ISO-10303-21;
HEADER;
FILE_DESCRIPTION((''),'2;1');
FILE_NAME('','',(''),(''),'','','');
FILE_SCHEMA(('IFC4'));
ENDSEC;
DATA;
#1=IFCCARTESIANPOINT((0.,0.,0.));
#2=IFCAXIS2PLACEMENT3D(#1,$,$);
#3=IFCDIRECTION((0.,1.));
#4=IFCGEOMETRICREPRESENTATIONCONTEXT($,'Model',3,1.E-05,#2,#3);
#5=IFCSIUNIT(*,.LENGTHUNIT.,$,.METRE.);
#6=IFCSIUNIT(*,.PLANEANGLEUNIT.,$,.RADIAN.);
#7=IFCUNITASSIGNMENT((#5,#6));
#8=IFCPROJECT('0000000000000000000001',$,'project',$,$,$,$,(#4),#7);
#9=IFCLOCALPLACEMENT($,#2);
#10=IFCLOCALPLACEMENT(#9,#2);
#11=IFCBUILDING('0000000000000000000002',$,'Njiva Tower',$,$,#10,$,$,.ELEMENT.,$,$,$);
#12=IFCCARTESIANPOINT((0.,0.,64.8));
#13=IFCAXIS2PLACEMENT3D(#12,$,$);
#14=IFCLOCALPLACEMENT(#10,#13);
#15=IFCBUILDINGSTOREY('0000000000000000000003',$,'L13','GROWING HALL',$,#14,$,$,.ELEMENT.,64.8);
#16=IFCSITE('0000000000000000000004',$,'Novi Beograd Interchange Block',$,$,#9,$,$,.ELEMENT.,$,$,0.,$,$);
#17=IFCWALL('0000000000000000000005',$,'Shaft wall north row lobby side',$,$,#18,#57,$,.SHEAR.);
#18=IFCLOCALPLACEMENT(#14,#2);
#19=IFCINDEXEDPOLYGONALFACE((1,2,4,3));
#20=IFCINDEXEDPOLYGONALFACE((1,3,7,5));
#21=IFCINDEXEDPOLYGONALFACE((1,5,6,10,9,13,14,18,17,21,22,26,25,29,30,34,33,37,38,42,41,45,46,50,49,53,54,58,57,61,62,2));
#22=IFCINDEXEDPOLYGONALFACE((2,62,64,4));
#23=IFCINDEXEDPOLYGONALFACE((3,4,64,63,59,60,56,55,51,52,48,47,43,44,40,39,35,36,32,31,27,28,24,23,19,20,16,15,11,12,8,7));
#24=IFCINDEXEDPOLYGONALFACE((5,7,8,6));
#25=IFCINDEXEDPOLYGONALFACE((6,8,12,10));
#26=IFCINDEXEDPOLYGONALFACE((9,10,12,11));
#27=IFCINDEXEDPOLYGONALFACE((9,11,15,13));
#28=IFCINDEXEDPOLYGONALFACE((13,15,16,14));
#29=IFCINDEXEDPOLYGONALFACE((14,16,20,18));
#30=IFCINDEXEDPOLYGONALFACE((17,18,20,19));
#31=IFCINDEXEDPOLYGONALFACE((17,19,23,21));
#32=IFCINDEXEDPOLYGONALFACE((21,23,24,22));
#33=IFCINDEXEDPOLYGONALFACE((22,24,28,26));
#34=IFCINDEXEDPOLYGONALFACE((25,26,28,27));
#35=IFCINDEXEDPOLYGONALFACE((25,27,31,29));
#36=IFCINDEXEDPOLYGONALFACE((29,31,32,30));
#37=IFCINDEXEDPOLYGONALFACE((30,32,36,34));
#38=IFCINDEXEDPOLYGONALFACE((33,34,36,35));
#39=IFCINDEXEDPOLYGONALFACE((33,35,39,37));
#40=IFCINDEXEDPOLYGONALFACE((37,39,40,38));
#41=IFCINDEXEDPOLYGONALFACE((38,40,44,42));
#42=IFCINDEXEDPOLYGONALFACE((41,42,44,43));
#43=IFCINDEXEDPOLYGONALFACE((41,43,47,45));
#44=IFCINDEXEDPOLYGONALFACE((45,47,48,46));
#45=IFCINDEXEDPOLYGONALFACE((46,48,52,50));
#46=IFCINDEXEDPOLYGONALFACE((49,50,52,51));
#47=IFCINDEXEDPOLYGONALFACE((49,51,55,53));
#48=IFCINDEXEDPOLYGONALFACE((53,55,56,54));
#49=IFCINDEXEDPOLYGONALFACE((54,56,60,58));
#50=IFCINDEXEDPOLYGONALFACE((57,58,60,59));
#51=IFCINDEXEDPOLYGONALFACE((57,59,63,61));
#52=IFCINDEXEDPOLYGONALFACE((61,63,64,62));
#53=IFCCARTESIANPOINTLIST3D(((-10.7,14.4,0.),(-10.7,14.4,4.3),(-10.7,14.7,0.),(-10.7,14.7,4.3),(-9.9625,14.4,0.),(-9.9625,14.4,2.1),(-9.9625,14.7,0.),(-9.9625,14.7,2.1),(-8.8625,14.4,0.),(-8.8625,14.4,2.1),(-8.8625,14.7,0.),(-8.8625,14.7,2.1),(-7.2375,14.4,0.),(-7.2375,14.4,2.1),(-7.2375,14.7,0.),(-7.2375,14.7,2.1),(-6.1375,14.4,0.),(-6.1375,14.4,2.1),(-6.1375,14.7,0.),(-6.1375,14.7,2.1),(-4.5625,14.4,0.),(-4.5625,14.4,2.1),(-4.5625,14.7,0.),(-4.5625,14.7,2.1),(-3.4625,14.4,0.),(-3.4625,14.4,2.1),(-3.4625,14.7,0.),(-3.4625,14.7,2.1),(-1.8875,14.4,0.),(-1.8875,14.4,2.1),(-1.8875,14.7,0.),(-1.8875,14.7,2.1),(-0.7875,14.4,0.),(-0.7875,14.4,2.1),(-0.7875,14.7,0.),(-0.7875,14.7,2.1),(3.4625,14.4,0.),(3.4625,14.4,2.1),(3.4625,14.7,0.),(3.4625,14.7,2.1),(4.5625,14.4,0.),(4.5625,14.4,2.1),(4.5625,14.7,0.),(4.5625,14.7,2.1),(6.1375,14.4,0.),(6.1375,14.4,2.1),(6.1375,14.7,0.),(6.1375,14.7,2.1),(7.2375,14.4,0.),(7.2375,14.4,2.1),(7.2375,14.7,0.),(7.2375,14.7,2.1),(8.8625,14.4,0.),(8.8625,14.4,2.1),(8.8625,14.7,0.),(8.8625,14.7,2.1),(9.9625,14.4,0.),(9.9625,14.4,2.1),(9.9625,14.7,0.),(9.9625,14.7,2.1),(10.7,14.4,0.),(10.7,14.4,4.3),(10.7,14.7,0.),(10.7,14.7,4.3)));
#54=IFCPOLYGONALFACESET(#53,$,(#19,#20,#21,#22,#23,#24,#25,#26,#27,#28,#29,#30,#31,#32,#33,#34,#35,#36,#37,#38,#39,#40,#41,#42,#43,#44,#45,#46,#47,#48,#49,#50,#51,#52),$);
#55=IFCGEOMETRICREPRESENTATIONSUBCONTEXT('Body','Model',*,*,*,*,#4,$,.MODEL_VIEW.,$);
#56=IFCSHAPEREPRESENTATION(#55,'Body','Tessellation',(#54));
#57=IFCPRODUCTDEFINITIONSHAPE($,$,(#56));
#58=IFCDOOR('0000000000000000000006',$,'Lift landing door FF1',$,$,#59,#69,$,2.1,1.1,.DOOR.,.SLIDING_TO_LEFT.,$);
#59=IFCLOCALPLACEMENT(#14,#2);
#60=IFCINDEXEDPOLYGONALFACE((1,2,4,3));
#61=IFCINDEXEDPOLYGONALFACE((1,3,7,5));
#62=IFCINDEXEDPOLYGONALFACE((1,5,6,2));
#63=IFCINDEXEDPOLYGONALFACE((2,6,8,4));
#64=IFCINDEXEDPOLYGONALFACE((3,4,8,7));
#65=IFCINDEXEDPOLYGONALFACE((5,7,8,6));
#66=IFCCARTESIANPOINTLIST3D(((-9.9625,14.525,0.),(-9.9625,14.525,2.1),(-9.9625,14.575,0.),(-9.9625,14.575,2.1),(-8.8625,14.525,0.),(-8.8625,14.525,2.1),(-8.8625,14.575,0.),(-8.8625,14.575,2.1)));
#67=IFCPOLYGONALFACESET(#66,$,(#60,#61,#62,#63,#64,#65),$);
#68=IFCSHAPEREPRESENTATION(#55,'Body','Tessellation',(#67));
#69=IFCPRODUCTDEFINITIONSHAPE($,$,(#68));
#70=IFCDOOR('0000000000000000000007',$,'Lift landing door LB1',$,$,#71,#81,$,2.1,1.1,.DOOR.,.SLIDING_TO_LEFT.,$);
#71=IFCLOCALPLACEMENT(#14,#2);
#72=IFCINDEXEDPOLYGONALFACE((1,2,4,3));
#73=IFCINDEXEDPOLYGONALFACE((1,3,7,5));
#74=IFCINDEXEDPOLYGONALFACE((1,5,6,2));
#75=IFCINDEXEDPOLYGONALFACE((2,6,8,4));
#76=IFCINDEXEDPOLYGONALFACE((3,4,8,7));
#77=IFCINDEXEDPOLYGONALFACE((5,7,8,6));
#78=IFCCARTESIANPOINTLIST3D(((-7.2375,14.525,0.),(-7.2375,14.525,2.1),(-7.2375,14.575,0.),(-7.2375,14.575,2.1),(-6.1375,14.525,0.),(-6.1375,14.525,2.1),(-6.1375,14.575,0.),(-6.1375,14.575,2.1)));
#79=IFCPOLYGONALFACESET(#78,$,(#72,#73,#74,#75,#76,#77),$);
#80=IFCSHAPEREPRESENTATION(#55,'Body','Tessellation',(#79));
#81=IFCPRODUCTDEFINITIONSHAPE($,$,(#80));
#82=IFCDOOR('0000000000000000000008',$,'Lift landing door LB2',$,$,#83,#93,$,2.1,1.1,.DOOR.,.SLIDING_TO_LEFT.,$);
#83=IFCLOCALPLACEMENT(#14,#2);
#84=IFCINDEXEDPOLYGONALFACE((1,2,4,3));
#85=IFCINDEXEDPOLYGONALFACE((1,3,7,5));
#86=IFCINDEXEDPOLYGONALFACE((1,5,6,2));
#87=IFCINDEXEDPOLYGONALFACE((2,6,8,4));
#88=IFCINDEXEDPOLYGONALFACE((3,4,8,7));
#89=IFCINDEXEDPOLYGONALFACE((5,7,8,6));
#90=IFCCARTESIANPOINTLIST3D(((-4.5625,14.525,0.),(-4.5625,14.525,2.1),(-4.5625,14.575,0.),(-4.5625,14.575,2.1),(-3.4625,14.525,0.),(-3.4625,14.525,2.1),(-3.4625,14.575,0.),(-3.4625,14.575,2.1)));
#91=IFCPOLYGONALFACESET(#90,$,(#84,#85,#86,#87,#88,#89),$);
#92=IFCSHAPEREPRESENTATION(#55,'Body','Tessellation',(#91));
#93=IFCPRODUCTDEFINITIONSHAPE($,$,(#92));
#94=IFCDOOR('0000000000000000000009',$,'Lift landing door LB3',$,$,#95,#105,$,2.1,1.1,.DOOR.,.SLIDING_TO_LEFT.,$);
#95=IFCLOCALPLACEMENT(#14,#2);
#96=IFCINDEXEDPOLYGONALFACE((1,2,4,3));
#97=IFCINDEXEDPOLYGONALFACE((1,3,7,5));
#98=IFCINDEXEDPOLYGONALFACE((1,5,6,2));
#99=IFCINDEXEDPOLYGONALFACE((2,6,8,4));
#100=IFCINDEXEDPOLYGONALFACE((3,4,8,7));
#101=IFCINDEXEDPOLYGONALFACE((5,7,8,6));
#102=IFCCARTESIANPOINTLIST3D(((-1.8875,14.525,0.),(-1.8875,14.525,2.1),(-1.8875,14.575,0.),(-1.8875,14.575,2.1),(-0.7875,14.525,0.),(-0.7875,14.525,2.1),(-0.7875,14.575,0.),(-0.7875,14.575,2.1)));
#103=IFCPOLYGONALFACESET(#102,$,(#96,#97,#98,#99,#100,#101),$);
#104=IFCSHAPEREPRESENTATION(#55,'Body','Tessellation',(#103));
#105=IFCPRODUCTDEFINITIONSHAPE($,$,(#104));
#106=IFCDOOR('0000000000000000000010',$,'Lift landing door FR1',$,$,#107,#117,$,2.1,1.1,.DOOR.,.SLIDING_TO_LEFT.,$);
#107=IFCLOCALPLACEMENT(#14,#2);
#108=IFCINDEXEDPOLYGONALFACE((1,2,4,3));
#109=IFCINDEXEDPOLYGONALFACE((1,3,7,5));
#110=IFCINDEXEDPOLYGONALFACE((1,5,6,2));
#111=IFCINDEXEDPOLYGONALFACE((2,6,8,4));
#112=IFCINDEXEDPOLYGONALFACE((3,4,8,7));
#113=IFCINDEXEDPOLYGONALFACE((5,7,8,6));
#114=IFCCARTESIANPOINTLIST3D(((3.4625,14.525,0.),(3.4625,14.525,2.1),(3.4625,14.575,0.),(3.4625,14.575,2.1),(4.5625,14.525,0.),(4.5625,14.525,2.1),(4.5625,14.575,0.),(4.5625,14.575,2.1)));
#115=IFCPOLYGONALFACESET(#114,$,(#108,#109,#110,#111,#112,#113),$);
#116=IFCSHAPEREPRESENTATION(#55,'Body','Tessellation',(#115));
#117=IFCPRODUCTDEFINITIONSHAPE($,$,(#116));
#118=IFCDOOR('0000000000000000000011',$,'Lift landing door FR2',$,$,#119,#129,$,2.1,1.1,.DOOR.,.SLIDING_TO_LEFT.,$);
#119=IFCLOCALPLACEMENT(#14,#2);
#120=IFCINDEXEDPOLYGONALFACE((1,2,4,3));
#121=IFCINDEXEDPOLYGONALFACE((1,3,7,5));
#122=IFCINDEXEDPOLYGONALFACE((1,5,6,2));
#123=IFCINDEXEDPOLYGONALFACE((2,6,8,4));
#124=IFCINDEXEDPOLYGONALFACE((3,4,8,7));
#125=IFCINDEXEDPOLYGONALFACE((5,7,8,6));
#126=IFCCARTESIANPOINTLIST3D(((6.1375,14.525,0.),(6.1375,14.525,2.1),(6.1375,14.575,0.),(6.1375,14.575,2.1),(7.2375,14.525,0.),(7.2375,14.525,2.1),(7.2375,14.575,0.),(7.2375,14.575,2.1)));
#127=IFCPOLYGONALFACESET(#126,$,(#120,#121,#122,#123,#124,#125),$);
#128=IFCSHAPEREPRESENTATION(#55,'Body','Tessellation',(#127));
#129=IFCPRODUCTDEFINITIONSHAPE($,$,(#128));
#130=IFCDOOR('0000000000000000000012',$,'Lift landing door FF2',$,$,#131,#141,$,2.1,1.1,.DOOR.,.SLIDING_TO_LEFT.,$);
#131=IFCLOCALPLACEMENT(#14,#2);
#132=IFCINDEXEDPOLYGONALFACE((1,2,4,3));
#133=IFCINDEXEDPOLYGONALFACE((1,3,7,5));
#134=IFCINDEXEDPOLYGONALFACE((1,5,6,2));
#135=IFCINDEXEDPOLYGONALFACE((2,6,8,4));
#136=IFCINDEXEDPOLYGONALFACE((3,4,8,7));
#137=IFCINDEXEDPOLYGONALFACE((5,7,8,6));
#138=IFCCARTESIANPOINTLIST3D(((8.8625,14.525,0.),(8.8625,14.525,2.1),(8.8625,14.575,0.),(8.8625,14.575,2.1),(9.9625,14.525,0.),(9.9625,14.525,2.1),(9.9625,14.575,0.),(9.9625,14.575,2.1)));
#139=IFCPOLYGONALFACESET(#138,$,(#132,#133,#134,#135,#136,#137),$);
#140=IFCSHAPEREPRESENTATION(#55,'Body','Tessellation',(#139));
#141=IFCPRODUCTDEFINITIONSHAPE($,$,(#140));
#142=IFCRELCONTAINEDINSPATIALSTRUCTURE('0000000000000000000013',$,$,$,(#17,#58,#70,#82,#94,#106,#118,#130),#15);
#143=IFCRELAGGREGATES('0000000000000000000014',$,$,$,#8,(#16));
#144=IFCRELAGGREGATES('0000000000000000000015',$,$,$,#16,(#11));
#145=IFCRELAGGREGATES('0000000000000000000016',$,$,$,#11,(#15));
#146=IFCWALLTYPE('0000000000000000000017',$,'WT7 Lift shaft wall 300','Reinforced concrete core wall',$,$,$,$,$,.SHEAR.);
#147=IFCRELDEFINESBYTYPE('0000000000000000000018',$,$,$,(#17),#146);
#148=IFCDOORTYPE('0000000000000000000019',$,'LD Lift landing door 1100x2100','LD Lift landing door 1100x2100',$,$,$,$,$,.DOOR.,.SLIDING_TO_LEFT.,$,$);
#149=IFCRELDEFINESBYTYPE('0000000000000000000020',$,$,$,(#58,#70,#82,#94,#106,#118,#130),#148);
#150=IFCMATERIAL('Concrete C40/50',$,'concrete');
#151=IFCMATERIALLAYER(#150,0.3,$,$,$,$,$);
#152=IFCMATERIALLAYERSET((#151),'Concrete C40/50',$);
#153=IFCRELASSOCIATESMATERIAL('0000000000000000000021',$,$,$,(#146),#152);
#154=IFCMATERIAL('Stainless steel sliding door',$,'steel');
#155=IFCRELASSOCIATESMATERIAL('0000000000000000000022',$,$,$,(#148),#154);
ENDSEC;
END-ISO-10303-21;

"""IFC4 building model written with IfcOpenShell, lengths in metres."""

from ifc_helpers import new_model, si_unit, direction, frame, frame_2d, origin, place, context, subcontext, project, spatial, rectangle, extrude, material, layer, layer_set, type_object, element, fill, save


model = new_model("IFC4")

# Units and contexts
model_context = context("Model", 3, precision=1e-05, world=origin(), true_north=direction((0.0, 1.0)))
body_context = subcontext(model_context, "Body", "Model", "MODEL_VIEW")
ifc_project = project(units=[si_unit("LENGTHUNIT", "METRE"), si_unit("PLANEANGLEUNIT", "RADIAN")], contexts=[model_context])

# Site, building, storey
site_placement = place(None, origin())
site = spatial("IfcSite", under=ifc_project, at=site_placement, Name="Novi Beograd Interchange Block", CompositionType="ELEMENT", RefElevation=0.0)
building_placement = place(site_placement, origin())
building = spatial("IfcBuilding", under=site, at=building_placement, Name="Njiva Tower", CompositionType="ELEMENT")
storey_placement = place(building_placement, frame((0.0, 0.0, 64.8)))
storey = spatial("IfcBuildingStorey", under=building, at=storey_placement, Name="L13", Description="GROWING HALL", CompositionType="ELEMENT", Elevation=64.8)

# Shared definitions
ifc_material_1 = material(Name="Concrete C40/50", Category="concrete")

# Wall, openings, doors
ifc_layer_1 = layer(ifc_material_1, 0.3)
ifc_layer_set_1 = layer_set([ifc_layer_1], Name="Concrete C40/50")
wall_type_1 = type_object("IfcWallType", Name="WT7 Lift shaft wall 300", Description="Reinforced concrete core wall", PredefinedType="SHEAR", material=ifc_layer_set_1)
wall_1_placement = place(storey_placement, frame((-10.7, 14.55, 0.0), z_axis=(0.0, 0.0, 1.0), x_axis=(1.0, 0.0, 0.0)))
wall_1 = element("IfcWall", 1, at=wall_1_placement, inside=storey, type_object=wall_type_1, Name="Shaft wall north row lobby side", PredefinedType="SHEAR", context=body_context, shape_type="SweptSolid", body=[
    extrude(rectangle(XDim=21.4, YDim=0.3, at=frame_2d((10.7, 0.0))), origin(), (0.0, 0.0, 1.0), 4.3),
])
opening_1_placement = place(wall_1_placement, frame((0.7375, 0.0, 0.0)))
opening_1 = element("IfcOpeningElement", 2, at=opening_1_placement, cuts=wall_1, PredefinedType="OPENING", context=body_context, shape_type="SweptSolid", body=[
    extrude(rectangle(XDim=1.1, YDim=2.1, at=frame_2d((0.55, 1.05))), frame((0.0, 0.16, 0.0), z_axis=(0.0, -1.0, 0.0), x_axis=(1.0, 0.0, 0.0)), (0.0, 0.0, 1.0), 0.32),
])
opening_2_placement = place(wall_1_placement, frame((3.4625, 0.0, 0.0)))
opening_2 = element("IfcOpeningElement", 3, at=opening_2_placement, cuts=wall_1, PredefinedType="OPENING", context=body_context, shape_type="SweptSolid", body=[
    extrude(rectangle(XDim=1.1, YDim=2.1, at=frame_2d((0.55, 1.05))), frame((0.0, 0.16, 0.0), z_axis=(0.0, -1.0, 0.0), x_axis=(1.0, 0.0, 0.0)), (0.0, 0.0, 1.0), 0.32),
])
opening_3_placement = place(wall_1_placement, frame((6.1375, 0.0, 0.0)))
opening_3 = element("IfcOpeningElement", 4, at=opening_3_placement, cuts=wall_1, PredefinedType="OPENING", context=body_context, shape_type="SweptSolid", body=[
    extrude(rectangle(XDim=1.1, YDim=2.1, at=frame_2d((0.55, 1.05))), frame((0.0, 0.16, 0.0), z_axis=(0.0, -1.0, 0.0), x_axis=(1.0, 0.0, 0.0)), (0.0, 0.0, 1.0), 0.32),
])
opening_4_placement = place(wall_1_placement, frame((8.8125, 0.0, 0.0)))
opening_4 = element("IfcOpeningElement", 5, at=opening_4_placement, cuts=wall_1, PredefinedType="OPENING", context=body_context, shape_type="SweptSolid", body=[
    extrude(rectangle(XDim=1.1, YDim=2.1, at=frame_2d((0.55, 1.05))), frame((0.0, 0.16, 0.0), z_axis=(0.0, -1.0, 0.0), x_axis=(1.0, 0.0, 0.0)), (0.0, 0.0, 1.0), 0.32),
])
opening_5_placement = place(wall_1_placement, frame((14.1625, 0.0, 0.0)))
opening_5 = element("IfcOpeningElement", 6, at=opening_5_placement, cuts=wall_1, PredefinedType="OPENING", context=body_context, shape_type="SweptSolid", body=[
    extrude(rectangle(XDim=1.1, YDim=2.1, at=frame_2d((0.55, 1.05))), frame((0.0, 0.16, 0.0), z_axis=(0.0, -1.0, 0.0), x_axis=(1.0, 0.0, 0.0)), (0.0, 0.0, 1.0), 0.32),
])
opening_6_placement = place(wall_1_placement, frame((16.8375, 0.0, 0.0)))
opening_6 = element("IfcOpeningElement", 7, at=opening_6_placement, cuts=wall_1, PredefinedType="OPENING", context=body_context, shape_type="SweptSolid", body=[
    extrude(rectangle(XDim=1.1, YDim=2.1, at=frame_2d((0.55, 1.05))), frame((0.0, 0.16, 0.0), z_axis=(0.0, -1.0, 0.0), x_axis=(1.0, 0.0, 0.0)), (0.0, 0.0, 1.0), 0.32),
])
opening_7_placement = place(wall_1_placement, frame((19.5625, 0.0, 0.0)))
opening_7 = element("IfcOpeningElement", 8, at=opening_7_placement, cuts=wall_1, PredefinedType="OPENING", context=body_context, shape_type="SweptSolid", body=[
    extrude(rectangle(XDim=1.1, YDim=2.1, at=frame_2d((0.55, 1.05))), frame((0.0, 0.16, 0.0), z_axis=(0.0, -1.0, 0.0), x_axis=(1.0, 0.0, 0.0)), (0.0, 0.0, 1.0), 0.32),
])
ifc_material_2 = material(Name="Stainless steel sliding door", Category="steel")
door_type_1 = type_object("IfcDoorType", Name="LD Lift landing door 1100x2100", Description="LD Lift landing door 1100x2100", OperationType="SLIDING_TO_LEFT", PredefinedType="DOOR", material=ifc_material_2)
door_1_placement = place(opening_1_placement, origin())
door_1 = element("IfcDoor", 9, at=door_1_placement, inside=storey, type_object=door_type_1, Name="Lift landing door FF1", OperationType="SLIDING_TO_LEFT", OverallHeight=2.1, OverallWidth=1.1, PredefinedType="DOOR", context=body_context, shape_type="SweptSolid", body=[
    extrude(rectangle(XDim=1.1, YDim=2.1, at=frame_2d((0.55, 1.05))), frame((0.0, 0.025, 0.0), z_axis=(0.0, -1.0, 0.0), x_axis=(1.0, 0.0, 0.0)), (0.0, 0.0, 1.0), 0.05),
])
fill(opening_1, door_1)
door_2_placement = place(opening_2_placement, origin())
door_2 = element("IfcDoor", 10, at=door_2_placement, inside=storey, type_object=door_type_1, Name="Lift landing door LB1", OperationType="SLIDING_TO_LEFT", OverallHeight=2.1, OverallWidth=1.1, PredefinedType="DOOR", context=body_context, shape_type="SweptSolid", body=[
    extrude(rectangle(XDim=1.1, YDim=2.1, at=frame_2d((0.55, 1.05))), frame((0.0, 0.025, 0.0), z_axis=(0.0, -1.0, 0.0), x_axis=(1.0, 0.0, 0.0)), (0.0, 0.0, 1.0), 0.05),
])
fill(opening_2, door_2)
door_3_placement = place(opening_3_placement, origin())
door_3 = element("IfcDoor", 11, at=door_3_placement, inside=storey, type_object=door_type_1, Name="Lift landing door LB2", OperationType="SLIDING_TO_LEFT", OverallHeight=2.1, OverallWidth=1.1, PredefinedType="DOOR", context=body_context, shape_type="SweptSolid", body=[
    extrude(rectangle(XDim=1.1, YDim=2.1, at=frame_2d((0.55, 1.05))), frame((0.0, 0.025, 0.0), z_axis=(0.0, -1.0, 0.0), x_axis=(1.0, 0.0, 0.0)), (0.0, 0.0, 1.0), 0.05),
])
fill(opening_3, door_3)
door_4_placement = place(opening_4_placement, origin())
door_4 = element("IfcDoor", 12, at=door_4_placement, inside=storey, type_object=door_type_1, Name="Lift landing door LB3", OperationType="SLIDING_TO_LEFT", OverallHeight=2.1, OverallWidth=1.1, PredefinedType="DOOR", context=body_context, shape_type="SweptSolid", body=[
    extrude(rectangle(XDim=1.1, YDim=2.1, at=frame_2d((0.55, 1.05))), frame((0.0, 0.025, 0.0), z_axis=(0.0, -1.0, 0.0), x_axis=(1.0, 0.0, 0.0)), (0.0, 0.0, 1.0), 0.05),
])
fill(opening_4, door_4)
door_5_placement = place(opening_5_placement, origin())
door_5 = element("IfcDoor", 13, at=door_5_placement, inside=storey, type_object=door_type_1, Name="Lift landing door FR1", OperationType="SLIDING_TO_LEFT", OverallHeight=2.1, OverallWidth=1.1, PredefinedType="DOOR", context=body_context, shape_type="SweptSolid", body=[
    extrude(rectangle(XDim=1.1, YDim=2.1, at=frame_2d((0.55, 1.05))), frame((0.0, 0.025, 0.0), z_axis=(0.0, -1.0, 0.0), x_axis=(1.0, 0.0, 0.0)), (0.0, 0.0, 1.0), 0.05),
])
fill(opening_5, door_5)
door_6_placement = place(opening_6_placement, origin())
door_6 = element("IfcDoor", 14, at=door_6_placement, inside=storey, type_object=door_type_1, Name="Lift landing door FR2", OperationType="SLIDING_TO_LEFT", OverallHeight=2.1, OverallWidth=1.1, PredefinedType="DOOR", context=body_context, shape_type="SweptSolid", body=[
    extrude(rectangle(XDim=1.1, YDim=2.1, at=frame_2d((0.55, 1.05))), frame((0.0, 0.025, 0.0), z_axis=(0.0, -1.0, 0.0), x_axis=(1.0, 0.0, 0.0)), (0.0, 0.0, 1.0), 0.05),
])
fill(opening_6, door_6)
door_7_placement = place(opening_7_placement, origin())
door_7 = element("IfcDoor", 15, at=door_7_placement, inside=storey, type_object=door_type_1, Name="Lift landing door FF2", OperationType="SLIDING_TO_LEFT", OverallHeight=2.1, OverallWidth=1.1, PredefinedType="DOOR", context=body_context, shape_type="SweptSolid", body=[
    extrude(rectangle(XDim=1.1, YDim=2.1, at=frame_2d((0.55, 1.05))), frame((0.0, 0.025, 0.0), z_axis=(0.0, -1.0, 0.0), x_axis=(1.0, 0.0, 0.0)), (0.0, 0.0, 1.0), 0.05),
])
fill(opening_7, door_7)

save(model, "model.ifc")
